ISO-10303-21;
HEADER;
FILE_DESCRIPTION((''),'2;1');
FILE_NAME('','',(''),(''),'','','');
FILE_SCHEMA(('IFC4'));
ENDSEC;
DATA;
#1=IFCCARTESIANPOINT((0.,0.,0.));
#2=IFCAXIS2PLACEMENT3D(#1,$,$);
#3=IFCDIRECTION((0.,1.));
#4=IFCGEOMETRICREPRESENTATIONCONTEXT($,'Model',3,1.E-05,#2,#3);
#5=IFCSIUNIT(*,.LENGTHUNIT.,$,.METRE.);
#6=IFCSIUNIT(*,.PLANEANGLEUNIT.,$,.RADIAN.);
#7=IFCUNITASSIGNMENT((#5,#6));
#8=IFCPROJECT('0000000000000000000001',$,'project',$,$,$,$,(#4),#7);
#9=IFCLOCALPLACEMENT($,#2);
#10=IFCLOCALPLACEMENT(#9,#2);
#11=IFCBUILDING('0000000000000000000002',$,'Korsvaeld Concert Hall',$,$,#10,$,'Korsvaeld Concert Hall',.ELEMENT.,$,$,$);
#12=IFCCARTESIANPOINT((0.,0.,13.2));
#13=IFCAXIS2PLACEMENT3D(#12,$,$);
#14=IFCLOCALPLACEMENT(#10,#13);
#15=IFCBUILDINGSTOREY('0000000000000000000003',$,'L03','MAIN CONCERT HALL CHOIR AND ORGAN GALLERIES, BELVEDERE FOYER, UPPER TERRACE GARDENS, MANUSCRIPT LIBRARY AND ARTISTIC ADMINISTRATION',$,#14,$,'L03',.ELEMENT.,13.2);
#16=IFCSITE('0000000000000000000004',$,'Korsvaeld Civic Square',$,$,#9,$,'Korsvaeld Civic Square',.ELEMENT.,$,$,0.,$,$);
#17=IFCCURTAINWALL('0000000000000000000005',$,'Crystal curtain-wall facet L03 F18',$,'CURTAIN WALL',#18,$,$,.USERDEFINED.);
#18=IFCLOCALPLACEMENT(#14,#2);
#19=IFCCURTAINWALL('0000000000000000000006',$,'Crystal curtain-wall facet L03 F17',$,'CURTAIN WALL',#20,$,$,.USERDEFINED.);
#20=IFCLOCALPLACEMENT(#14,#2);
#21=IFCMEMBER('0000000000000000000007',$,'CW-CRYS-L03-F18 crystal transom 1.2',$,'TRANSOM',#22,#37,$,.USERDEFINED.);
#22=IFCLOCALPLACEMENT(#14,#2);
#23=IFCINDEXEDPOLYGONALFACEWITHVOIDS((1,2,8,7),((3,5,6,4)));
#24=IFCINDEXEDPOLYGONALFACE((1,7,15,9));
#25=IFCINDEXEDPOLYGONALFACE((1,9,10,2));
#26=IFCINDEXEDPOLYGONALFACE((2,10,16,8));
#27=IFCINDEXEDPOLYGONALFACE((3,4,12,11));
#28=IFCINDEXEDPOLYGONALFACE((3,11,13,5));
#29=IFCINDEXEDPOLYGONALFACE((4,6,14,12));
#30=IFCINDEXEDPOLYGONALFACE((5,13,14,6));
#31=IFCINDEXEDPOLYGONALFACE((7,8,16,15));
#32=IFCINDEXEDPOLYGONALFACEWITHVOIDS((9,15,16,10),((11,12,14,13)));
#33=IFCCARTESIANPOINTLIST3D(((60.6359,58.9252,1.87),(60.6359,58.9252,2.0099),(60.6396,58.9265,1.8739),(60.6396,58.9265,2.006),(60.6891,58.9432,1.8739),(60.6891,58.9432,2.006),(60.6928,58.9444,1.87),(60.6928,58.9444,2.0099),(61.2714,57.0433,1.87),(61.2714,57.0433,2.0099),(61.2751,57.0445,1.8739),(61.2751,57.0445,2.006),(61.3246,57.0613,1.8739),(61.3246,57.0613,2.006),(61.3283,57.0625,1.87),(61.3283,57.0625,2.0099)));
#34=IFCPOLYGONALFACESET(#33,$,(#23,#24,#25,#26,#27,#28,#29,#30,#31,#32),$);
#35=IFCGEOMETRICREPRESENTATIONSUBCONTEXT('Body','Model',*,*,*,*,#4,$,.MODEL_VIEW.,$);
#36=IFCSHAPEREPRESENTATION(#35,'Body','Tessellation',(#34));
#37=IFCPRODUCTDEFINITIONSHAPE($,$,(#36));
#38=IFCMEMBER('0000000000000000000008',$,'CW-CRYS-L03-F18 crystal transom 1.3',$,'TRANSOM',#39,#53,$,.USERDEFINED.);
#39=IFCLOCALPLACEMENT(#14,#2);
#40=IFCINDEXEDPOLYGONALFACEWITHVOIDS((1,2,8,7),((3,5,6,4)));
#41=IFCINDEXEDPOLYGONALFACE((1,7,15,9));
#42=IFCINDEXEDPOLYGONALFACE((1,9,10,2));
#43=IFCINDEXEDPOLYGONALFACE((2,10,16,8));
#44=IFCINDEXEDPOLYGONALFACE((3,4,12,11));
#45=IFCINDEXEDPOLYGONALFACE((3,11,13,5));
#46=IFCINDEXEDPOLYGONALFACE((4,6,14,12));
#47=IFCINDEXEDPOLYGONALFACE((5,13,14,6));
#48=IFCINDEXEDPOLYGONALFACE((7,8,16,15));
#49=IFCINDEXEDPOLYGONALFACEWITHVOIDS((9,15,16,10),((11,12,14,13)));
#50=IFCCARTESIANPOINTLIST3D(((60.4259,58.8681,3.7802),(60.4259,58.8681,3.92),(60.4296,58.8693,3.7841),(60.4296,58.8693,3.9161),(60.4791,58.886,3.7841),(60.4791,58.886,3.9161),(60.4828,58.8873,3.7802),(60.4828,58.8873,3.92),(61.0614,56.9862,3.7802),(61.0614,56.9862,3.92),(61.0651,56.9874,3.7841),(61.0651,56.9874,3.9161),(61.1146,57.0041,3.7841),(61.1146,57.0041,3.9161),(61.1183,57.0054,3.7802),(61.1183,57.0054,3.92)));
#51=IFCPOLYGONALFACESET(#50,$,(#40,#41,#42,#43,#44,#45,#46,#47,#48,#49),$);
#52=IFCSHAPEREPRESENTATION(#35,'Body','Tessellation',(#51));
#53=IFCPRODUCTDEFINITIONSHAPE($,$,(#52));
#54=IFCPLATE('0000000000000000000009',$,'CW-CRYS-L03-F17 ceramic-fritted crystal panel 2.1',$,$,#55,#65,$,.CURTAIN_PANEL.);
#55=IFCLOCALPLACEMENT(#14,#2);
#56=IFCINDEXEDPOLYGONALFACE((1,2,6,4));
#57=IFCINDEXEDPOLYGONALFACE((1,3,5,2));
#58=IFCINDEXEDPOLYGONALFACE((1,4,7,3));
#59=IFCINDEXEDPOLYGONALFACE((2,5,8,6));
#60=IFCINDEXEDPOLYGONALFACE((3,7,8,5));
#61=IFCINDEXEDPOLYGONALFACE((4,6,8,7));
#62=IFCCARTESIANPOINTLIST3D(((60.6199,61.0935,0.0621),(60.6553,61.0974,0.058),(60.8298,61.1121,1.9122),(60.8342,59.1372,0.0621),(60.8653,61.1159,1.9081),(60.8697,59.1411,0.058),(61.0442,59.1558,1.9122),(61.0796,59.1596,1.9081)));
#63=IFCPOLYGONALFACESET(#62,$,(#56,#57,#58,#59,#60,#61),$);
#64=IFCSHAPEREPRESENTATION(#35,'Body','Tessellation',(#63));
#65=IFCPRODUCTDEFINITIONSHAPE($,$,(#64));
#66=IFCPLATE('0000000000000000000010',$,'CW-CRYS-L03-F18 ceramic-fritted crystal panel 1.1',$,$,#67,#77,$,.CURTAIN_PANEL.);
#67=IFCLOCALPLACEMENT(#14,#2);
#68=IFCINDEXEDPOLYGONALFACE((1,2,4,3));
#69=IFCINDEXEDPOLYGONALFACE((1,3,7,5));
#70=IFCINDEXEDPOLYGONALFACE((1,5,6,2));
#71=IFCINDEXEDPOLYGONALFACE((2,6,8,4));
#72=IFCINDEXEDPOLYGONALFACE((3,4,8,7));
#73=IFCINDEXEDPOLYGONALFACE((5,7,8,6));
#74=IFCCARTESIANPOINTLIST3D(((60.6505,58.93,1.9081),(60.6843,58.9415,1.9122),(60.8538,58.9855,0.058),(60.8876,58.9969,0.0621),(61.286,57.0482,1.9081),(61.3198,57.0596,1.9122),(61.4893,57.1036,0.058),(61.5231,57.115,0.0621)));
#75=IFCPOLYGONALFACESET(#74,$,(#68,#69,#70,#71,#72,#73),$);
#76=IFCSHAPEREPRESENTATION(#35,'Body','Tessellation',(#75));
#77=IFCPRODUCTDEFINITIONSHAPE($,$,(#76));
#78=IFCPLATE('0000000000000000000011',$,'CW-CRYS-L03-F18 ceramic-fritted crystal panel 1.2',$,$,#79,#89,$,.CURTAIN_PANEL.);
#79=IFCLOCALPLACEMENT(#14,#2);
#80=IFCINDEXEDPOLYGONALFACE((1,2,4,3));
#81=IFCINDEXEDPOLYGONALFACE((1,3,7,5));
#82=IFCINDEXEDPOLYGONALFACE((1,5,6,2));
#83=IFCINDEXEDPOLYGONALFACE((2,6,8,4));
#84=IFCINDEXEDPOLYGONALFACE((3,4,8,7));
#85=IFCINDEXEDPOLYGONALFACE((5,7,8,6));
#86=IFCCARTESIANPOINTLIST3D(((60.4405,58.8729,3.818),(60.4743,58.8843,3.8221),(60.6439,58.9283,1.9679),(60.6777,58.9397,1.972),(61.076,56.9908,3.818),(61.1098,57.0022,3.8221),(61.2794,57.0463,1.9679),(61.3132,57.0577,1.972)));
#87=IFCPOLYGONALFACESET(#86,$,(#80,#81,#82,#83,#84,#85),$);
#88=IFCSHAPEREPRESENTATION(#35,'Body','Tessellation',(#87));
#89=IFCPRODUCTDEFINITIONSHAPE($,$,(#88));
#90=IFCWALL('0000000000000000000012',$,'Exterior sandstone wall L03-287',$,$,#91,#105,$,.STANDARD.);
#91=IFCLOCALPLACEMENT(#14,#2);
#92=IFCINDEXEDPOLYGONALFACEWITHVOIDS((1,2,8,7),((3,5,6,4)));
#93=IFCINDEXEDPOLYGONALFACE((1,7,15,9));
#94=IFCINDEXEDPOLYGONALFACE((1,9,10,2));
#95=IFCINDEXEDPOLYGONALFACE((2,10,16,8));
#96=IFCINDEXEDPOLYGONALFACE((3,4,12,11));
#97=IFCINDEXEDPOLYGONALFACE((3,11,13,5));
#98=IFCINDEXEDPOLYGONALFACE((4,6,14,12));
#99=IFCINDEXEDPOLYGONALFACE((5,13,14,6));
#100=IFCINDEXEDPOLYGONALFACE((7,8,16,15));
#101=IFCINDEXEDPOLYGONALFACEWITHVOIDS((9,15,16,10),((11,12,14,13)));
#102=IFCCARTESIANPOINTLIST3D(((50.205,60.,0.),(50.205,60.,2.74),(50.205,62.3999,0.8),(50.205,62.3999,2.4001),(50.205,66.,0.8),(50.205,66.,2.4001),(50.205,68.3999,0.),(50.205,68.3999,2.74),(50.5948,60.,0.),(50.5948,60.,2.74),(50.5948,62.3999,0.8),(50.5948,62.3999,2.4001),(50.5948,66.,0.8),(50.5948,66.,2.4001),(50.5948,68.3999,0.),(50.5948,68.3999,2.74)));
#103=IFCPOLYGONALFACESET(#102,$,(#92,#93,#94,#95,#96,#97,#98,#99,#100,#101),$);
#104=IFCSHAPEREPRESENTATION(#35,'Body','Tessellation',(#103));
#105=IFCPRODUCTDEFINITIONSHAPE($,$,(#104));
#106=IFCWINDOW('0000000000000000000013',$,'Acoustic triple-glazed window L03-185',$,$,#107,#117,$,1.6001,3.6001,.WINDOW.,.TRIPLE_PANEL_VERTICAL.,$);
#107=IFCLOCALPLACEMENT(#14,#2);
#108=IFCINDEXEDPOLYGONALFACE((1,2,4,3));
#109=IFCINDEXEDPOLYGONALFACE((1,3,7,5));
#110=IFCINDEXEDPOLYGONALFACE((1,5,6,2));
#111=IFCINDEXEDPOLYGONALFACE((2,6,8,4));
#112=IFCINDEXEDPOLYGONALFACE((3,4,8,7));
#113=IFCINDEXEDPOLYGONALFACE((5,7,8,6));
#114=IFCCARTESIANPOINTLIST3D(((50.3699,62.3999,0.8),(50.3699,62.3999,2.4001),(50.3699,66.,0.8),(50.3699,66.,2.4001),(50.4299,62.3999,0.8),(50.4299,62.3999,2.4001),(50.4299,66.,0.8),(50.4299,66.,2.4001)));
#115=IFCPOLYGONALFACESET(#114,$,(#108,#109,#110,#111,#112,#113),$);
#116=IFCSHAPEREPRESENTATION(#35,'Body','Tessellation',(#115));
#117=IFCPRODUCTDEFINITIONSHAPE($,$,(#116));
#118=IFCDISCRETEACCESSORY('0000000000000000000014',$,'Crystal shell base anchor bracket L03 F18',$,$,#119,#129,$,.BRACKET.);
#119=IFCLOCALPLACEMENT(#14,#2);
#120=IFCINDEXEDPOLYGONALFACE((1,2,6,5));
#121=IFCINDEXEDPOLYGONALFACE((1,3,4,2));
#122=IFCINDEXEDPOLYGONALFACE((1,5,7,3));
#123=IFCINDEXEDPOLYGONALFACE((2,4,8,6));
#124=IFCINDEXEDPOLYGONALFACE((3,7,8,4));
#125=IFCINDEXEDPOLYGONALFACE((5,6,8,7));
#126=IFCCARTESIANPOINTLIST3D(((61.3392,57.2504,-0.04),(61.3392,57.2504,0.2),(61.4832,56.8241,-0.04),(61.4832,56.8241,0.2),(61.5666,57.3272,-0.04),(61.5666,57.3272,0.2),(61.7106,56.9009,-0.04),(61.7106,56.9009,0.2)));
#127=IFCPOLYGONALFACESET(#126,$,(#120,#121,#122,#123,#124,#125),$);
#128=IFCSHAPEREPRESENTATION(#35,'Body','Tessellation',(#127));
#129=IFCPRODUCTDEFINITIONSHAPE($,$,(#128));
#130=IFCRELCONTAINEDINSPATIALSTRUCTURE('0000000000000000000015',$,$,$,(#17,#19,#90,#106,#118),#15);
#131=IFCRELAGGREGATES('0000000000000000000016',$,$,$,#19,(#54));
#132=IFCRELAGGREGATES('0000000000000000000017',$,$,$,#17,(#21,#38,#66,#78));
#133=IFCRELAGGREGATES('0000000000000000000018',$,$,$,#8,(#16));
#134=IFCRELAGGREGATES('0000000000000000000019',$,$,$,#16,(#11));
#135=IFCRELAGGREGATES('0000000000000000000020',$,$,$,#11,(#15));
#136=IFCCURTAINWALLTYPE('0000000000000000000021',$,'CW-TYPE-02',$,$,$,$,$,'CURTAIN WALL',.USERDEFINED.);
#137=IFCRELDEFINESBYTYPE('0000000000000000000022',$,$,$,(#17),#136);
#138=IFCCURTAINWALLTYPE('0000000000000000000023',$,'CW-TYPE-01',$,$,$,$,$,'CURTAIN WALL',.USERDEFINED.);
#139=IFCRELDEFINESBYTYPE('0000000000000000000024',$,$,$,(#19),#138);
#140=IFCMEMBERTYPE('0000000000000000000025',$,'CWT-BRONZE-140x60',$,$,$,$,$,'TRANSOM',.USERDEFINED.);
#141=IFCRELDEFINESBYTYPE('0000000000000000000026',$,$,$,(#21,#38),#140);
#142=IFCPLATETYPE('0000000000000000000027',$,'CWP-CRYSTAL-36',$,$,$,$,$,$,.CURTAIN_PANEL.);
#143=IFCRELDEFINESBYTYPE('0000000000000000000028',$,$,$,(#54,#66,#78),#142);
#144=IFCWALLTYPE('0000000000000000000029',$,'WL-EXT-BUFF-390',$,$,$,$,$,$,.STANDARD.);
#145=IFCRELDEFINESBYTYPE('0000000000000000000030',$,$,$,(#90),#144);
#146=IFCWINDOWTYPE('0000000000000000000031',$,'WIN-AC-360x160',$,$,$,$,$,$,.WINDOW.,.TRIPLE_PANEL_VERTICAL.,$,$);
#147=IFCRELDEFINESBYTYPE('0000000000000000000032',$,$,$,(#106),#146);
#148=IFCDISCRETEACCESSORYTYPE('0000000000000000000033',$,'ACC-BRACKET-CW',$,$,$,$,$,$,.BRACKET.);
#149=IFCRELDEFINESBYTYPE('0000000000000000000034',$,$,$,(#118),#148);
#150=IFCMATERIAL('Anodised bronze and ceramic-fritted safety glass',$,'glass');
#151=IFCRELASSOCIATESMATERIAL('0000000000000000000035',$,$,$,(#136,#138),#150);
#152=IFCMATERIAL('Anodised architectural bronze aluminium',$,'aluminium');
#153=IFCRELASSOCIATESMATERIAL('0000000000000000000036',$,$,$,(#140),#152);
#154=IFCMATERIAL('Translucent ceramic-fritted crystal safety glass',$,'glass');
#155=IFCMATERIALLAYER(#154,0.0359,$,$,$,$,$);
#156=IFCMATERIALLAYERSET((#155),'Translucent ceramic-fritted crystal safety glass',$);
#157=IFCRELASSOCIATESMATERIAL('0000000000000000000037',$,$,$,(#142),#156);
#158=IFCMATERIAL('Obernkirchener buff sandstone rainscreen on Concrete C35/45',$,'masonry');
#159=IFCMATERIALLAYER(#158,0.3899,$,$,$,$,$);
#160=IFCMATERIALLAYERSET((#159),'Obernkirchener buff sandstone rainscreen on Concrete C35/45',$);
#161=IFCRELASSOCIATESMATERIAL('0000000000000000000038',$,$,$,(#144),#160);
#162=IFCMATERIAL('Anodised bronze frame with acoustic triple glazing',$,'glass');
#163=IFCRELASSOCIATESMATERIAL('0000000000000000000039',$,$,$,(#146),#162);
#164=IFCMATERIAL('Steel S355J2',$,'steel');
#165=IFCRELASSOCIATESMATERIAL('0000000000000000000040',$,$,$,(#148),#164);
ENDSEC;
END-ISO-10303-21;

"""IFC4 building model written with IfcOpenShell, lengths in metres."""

from ifc_helpers import new_model, si_unit, direction, frame, frame_2d, origin, origin_2d, place, context, subcontext, project, spatial, polyline, rectangle, hollow_rectangle, outline, extrude, material, layer, layer_set, material_profile, profile_set, type_object, element, fill, aggregate, save


model = new_model("IFC4")

# Units and contexts
model_context = context("Model", 3, precision=1e-05, world=origin(), true_north=direction((0.0, 1.0)))
body_context = subcontext(model_context, "Body", "Model", "MODEL_VIEW")
ifc_project = project(units=[si_unit("LENGTHUNIT", "METRE"), si_unit("PLANEANGLEUNIT", "RADIAN")], contexts=[model_context])

# Site, building, storey
site_placement = place(None, origin())
site = spatial("IfcSite", under=ifc_project, at=site_placement, Name="Korsvaeld Civic Square", LongName="Korsvaeld Civic Square", CompositionType="ELEMENT", RefElevation=0.0)
building_placement = place(site_placement, origin())
building = spatial("IfcBuilding", under=site, at=building_placement, Name="Korsvaeld Concert Hall", LongName="Korsvaeld Concert Hall", CompositionType="ELEMENT")
storey_placement = place(building_placement, frame((0.0, 0.0, 13.2)))
storey = spatial("IfcBuildingStorey", under=building, at=storey_placement, Name="L03", Description="MAIN CONCERT HALL CHOIR AND ORGAN GALLERIES, BELVEDERE FOYER, UPPER TERRACE GARDENS, MANUSCRIPT LIBRARY AND ARTISTIC ADMINISTRATION", LongName="L03", CompositionType="ELEMENT", Elevation=13.2)

# Curtain walls
ifc_material_1 = material(Name="Anodised bronze and ceramic-fritted safety glass", Category="glass")
curtain_wall_type_1 = type_object("IfcCurtainWallType", Name="CW-TYPE-02", ElementType="CURTAIN WALL", PredefinedType="USERDEFINED", material=ifc_material_1)
curtain_wall_1_placement = place(storey_placement, origin())
curtain_wall_1 = element("IfcCurtainWall", 1, at=curtain_wall_1_placement, inside=storey, type_object=curtain_wall_type_1, Name="Crystal curtain-wall facet L03 F18", ObjectType="CURTAIN WALL", PredefinedType="USERDEFINED")
ifc_material_2 = material(Name="Anodised architectural bronze aluminium", Category="aluminium")
curtain_wall_type_2 = type_object("IfcCurtainWallType", Name="CW-TYPE-01", ElementType="CURTAIN WALL", PredefinedType="USERDEFINED", material=ifc_material_1)
curtain_wall_2_placement = place(storey_placement, origin())
curtain_wall_2 = element("IfcCurtainWall", 2, at=curtain_wall_2_placement, inside=storey, type_object=curtain_wall_type_2, Name="Crystal curtain-wall facet L03 F17", ObjectType="CURTAIN WALL", PredefinedType="USERDEFINED")
ifc_material_profile_1 = material_profile(ifc_material_2, hollow_rectangle(XDim=0.0601, YDim=0.1399, WallThickness=0.0039, at=origin_2d()), Name="CWT 140x60x4")
ifc_profile_set_1 = profile_set([ifc_material_profile_1], Name="Anodised architectural bronze aluminium")
member_type_1 = type_object("IfcMemberType", Name="CWT-BRONZE-140x60", ElementType="TRANSOM", PredefinedType="USERDEFINED", material=ifc_profile_set_1)

# Members
member_1_placement = place(storey_placement, frame((60.6643, 58.9348, 1.9399), z_axis=(0.31995, -0.947435, 0.0), x_axis=(0.947435, 0.31995, 0.0)))
member_1 = element("IfcMember", 3, at=member_1_placement, type_object=member_type_1, Name="CW-CRYS-L03-F18 crystal transom 1.2", ObjectType="TRANSOM", PredefinedType="USERDEFINED", context=body_context, shape_type="SweptSolid", body=[
    extrude(hollow_rectangle(XDim=0.0601, YDim=0.1399, WallThickness=0.0039, at=origin_2d()), origin(), (0.0, 0.0, 1.0), 1.9863),
])
member_2_placement = place(storey_placement, frame((60.4543, 58.8777, 3.8501), z_axis=(0.31995, -0.947435, 0.0), x_axis=(0.947435, 0.31995, 0.0)))
member_2 = element("IfcMember", 4, at=member_2_placement, type_object=member_type_1, Name="CW-CRYS-L03-F18 crystal transom 1.3", ObjectType="TRANSOM", PredefinedType="USERDEFINED", context=body_context, shape_type="SweptSolid", body=[
    extrude(hollow_rectangle(XDim=0.0601, YDim=0.1399, WallThickness=0.0039, at=origin_2d()), origin(), (0.0, 0.0, 1.0), 1.9863),
])

# Plates
ifc_material_3 = material(Name="Translucent ceramic-fritted crystal safety glass", Category="glass")
ifc_layer_1 = layer(ifc_material_3, 0.0359)
ifc_layer_set_1 = layer_set([ifc_layer_1], Name="Translucent ceramic-fritted crystal safety glass")
plate_type = type_object("IfcPlateType", Name="CWP-CRYSTAL-36", PredefinedType="CURTAIN_PANEL", material=ifc_layer_set_1)
plate_1_placement = place(storey_placement, frame((60.6377, 61.0955, 0.0601), z_axis=(-0.987664, -0.10822, 0.113172), x_axis=(0.10892, -0.994051, 0.0)))
plate_1 = element("IfcPlate", 5, at=plate_1_placement, type_object=plate_type, Name="CW-CRYS-L03-F17 ceramic-fritted crystal panel 2.1", PredefinedType="CURTAIN_PANEL", context=body_context, shape_type="SweptSolid", body=[
    extrude(outline(polyline([(0.0, 0.0), (1.968, 0.0), (1.9724, 1.8621), (0.0044, 1.8621), (0.0, 0.0)])), frame((0.0, 0.0, 0.0181)), (0.0, 0.0, -1.0), 0.0359),
])
aggregate(curtain_wall_2, [plate_1])
plate_2_placement = place(storey_placement, frame((60.8708, 58.9912, 0.0601), z_axis=(-0.941366, -0.3179, -0.113001), x_axis=(0.31995, -0.947435, 0.0)))
plate_2 = element("IfcPlate", 6, at=plate_2_placement, type_object=plate_type, Name="CW-CRYS-L03-F18 ceramic-fritted crystal panel 1.1", PredefinedType="CURTAIN_PANEL", context=body_context, shape_type="SweptSolid", body=[
    extrude(outline(polyline([(0.0, 0.0), (1.9862, 0.0), (1.9737, 1.862), (-0.0126, 1.862), (0.0, 0.0)])), frame((0.0, 0.0, 0.0181)), (0.0, 0.0, -1.0), 0.0359),
])
plate_3_placement = place(storey_placement, frame((60.6609, 58.9341, 1.97), z_axis=(-0.941379, -0.317863, -0.113001), x_axis=(0.319912, -0.947447, 0.0)))
plate_3 = element("IfcPlate", 7, at=plate_3_placement, type_object=plate_type, Name="CW-CRYS-L03-F18 ceramic-fritted crystal panel 1.2", PredefinedType="CURTAIN_PANEL", context=body_context, shape_type="SweptSolid", body=[
    extrude(outline(polyline([(0.0, 0.0), (1.9865, 0.0), (1.9739, 1.862), (-0.0126, 1.862), (0.0, 0.0)])), frame((0.0, 0.0, 0.0181)), (0.0, 0.0, -1.0), 0.0359),
])
aggregate(curtain_wall_1, [member_1, member_2, plate_2, plate_3])

# Wall, opening, window
ifc_material_4 = material(Name="Obernkirchener buff sandstone rainscreen on Concrete C35/45", Category="masonry")
ifc_layer_2 = layer(ifc_material_4, 0.3899)
ifc_layer_set_2 = layer_set([ifc_layer_2], Name="Obernkirchener buff sandstone rainscreen on Concrete C35/45")
wall_type = type_object("IfcWallType", Name="WL-EXT-BUFF-390", PredefinedType="STANDARD", material=ifc_layer_set_2)
wall_placement = place(storey_placement, frame((50.3999, 60.0, 0.0), z_axis=(0.0, 0.0, 1.0), x_axis=(0.0, 1.0, 0.0)))
wall = element("IfcWall", 8, at=wall_placement, inside=storey, type_object=wall_type, Name="Exterior sandstone wall L03-287", PredefinedType="STANDARD", context=body_context, shape_type="SweptSolid", body=[
    extrude(rectangle(XDim=8.3999, YDim=0.3899, at=frame_2d((4.2, 0.0))), origin(), (0.0, 0.0, 1.0), 2.74),
])
opening_placement = place(wall_placement, frame((2.3999, 0.0, 0.8)))
opening = element("IfcOpeningElement", 9, at=opening_placement, cuts=wall, PredefinedType="OPENING", context=body_context, shape_type="SweptSolid", body=[
    extrude(rectangle(XDim=3.6001, YDim=1.6001, at=frame_2d((1.8, 0.8))), frame((0.0, 0.2051, 0.0), z_axis=(0.0, -1.0, 0.0), x_axis=(1.0, 0.0, 0.0)), (0.0, 0.0, 1.0), 0.4099),
])
ifc_material_5 = material(Name="Anodised bronze frame with acoustic triple glazing", Category="glass")
window_type = type_object("IfcWindowType", Name="WIN-AC-360x160", PartitioningType="TRIPLE_PANEL_VERTICAL", PredefinedType="WINDOW", material=ifc_material_5)
window_placement = place(opening_placement, origin())
window = element("IfcWindow", 10, at=window_placement, inside=storey, type_object=window_type, Name="Acoustic triple-glazed window L03-185", OverallHeight=1.6001, OverallWidth=3.6001, PartitioningType="TRIPLE_PANEL_VERTICAL", PredefinedType="WINDOW", context=body_context, shape_type="SweptSolid", body=[
    extrude(rectangle(XDim=3.6001, YDim=1.6001, at=frame_2d((1.8, 0.8))), frame((0.0, 0.03, 0.0), z_axis=(0.0, -1.0, 0.0), x_axis=(1.0, 0.0, 0.0)), (0.0, 0.0, 1.0), 0.0601),
])
fill(opening, window)

# Discrete accessory
ifc_material_6 = material(Name="Steel S355J2", Category="steel")
discrete_accessory_type = type_object("IfcDiscreteAccessoryType", Name="ACC-BRACKET-CW", PredefinedType="BRACKET", material=ifc_material_6)
discrete_accessory_placement = place(storey_placement, frame((61.5249, 57.0757, -0.04), z_axis=(0.0, 0.0, 1.0), x_axis=(0.319952, -0.947434, 0.0)))
element("IfcDiscreteAccessory", 11, at=discrete_accessory_placement, inside=storey, type_object=discrete_accessory_type, Name="Crystal shell base anchor bracket L03 F18", PredefinedType="BRACKET", context=body_context, shape_type="SweptSolid", body=[
    extrude(rectangle(XDim=0.45, YDim=0.24, at=origin_2d()), origin(), (0.0, 0.0, 1.0), 0.24),
])

save(model, "model.ifc")
